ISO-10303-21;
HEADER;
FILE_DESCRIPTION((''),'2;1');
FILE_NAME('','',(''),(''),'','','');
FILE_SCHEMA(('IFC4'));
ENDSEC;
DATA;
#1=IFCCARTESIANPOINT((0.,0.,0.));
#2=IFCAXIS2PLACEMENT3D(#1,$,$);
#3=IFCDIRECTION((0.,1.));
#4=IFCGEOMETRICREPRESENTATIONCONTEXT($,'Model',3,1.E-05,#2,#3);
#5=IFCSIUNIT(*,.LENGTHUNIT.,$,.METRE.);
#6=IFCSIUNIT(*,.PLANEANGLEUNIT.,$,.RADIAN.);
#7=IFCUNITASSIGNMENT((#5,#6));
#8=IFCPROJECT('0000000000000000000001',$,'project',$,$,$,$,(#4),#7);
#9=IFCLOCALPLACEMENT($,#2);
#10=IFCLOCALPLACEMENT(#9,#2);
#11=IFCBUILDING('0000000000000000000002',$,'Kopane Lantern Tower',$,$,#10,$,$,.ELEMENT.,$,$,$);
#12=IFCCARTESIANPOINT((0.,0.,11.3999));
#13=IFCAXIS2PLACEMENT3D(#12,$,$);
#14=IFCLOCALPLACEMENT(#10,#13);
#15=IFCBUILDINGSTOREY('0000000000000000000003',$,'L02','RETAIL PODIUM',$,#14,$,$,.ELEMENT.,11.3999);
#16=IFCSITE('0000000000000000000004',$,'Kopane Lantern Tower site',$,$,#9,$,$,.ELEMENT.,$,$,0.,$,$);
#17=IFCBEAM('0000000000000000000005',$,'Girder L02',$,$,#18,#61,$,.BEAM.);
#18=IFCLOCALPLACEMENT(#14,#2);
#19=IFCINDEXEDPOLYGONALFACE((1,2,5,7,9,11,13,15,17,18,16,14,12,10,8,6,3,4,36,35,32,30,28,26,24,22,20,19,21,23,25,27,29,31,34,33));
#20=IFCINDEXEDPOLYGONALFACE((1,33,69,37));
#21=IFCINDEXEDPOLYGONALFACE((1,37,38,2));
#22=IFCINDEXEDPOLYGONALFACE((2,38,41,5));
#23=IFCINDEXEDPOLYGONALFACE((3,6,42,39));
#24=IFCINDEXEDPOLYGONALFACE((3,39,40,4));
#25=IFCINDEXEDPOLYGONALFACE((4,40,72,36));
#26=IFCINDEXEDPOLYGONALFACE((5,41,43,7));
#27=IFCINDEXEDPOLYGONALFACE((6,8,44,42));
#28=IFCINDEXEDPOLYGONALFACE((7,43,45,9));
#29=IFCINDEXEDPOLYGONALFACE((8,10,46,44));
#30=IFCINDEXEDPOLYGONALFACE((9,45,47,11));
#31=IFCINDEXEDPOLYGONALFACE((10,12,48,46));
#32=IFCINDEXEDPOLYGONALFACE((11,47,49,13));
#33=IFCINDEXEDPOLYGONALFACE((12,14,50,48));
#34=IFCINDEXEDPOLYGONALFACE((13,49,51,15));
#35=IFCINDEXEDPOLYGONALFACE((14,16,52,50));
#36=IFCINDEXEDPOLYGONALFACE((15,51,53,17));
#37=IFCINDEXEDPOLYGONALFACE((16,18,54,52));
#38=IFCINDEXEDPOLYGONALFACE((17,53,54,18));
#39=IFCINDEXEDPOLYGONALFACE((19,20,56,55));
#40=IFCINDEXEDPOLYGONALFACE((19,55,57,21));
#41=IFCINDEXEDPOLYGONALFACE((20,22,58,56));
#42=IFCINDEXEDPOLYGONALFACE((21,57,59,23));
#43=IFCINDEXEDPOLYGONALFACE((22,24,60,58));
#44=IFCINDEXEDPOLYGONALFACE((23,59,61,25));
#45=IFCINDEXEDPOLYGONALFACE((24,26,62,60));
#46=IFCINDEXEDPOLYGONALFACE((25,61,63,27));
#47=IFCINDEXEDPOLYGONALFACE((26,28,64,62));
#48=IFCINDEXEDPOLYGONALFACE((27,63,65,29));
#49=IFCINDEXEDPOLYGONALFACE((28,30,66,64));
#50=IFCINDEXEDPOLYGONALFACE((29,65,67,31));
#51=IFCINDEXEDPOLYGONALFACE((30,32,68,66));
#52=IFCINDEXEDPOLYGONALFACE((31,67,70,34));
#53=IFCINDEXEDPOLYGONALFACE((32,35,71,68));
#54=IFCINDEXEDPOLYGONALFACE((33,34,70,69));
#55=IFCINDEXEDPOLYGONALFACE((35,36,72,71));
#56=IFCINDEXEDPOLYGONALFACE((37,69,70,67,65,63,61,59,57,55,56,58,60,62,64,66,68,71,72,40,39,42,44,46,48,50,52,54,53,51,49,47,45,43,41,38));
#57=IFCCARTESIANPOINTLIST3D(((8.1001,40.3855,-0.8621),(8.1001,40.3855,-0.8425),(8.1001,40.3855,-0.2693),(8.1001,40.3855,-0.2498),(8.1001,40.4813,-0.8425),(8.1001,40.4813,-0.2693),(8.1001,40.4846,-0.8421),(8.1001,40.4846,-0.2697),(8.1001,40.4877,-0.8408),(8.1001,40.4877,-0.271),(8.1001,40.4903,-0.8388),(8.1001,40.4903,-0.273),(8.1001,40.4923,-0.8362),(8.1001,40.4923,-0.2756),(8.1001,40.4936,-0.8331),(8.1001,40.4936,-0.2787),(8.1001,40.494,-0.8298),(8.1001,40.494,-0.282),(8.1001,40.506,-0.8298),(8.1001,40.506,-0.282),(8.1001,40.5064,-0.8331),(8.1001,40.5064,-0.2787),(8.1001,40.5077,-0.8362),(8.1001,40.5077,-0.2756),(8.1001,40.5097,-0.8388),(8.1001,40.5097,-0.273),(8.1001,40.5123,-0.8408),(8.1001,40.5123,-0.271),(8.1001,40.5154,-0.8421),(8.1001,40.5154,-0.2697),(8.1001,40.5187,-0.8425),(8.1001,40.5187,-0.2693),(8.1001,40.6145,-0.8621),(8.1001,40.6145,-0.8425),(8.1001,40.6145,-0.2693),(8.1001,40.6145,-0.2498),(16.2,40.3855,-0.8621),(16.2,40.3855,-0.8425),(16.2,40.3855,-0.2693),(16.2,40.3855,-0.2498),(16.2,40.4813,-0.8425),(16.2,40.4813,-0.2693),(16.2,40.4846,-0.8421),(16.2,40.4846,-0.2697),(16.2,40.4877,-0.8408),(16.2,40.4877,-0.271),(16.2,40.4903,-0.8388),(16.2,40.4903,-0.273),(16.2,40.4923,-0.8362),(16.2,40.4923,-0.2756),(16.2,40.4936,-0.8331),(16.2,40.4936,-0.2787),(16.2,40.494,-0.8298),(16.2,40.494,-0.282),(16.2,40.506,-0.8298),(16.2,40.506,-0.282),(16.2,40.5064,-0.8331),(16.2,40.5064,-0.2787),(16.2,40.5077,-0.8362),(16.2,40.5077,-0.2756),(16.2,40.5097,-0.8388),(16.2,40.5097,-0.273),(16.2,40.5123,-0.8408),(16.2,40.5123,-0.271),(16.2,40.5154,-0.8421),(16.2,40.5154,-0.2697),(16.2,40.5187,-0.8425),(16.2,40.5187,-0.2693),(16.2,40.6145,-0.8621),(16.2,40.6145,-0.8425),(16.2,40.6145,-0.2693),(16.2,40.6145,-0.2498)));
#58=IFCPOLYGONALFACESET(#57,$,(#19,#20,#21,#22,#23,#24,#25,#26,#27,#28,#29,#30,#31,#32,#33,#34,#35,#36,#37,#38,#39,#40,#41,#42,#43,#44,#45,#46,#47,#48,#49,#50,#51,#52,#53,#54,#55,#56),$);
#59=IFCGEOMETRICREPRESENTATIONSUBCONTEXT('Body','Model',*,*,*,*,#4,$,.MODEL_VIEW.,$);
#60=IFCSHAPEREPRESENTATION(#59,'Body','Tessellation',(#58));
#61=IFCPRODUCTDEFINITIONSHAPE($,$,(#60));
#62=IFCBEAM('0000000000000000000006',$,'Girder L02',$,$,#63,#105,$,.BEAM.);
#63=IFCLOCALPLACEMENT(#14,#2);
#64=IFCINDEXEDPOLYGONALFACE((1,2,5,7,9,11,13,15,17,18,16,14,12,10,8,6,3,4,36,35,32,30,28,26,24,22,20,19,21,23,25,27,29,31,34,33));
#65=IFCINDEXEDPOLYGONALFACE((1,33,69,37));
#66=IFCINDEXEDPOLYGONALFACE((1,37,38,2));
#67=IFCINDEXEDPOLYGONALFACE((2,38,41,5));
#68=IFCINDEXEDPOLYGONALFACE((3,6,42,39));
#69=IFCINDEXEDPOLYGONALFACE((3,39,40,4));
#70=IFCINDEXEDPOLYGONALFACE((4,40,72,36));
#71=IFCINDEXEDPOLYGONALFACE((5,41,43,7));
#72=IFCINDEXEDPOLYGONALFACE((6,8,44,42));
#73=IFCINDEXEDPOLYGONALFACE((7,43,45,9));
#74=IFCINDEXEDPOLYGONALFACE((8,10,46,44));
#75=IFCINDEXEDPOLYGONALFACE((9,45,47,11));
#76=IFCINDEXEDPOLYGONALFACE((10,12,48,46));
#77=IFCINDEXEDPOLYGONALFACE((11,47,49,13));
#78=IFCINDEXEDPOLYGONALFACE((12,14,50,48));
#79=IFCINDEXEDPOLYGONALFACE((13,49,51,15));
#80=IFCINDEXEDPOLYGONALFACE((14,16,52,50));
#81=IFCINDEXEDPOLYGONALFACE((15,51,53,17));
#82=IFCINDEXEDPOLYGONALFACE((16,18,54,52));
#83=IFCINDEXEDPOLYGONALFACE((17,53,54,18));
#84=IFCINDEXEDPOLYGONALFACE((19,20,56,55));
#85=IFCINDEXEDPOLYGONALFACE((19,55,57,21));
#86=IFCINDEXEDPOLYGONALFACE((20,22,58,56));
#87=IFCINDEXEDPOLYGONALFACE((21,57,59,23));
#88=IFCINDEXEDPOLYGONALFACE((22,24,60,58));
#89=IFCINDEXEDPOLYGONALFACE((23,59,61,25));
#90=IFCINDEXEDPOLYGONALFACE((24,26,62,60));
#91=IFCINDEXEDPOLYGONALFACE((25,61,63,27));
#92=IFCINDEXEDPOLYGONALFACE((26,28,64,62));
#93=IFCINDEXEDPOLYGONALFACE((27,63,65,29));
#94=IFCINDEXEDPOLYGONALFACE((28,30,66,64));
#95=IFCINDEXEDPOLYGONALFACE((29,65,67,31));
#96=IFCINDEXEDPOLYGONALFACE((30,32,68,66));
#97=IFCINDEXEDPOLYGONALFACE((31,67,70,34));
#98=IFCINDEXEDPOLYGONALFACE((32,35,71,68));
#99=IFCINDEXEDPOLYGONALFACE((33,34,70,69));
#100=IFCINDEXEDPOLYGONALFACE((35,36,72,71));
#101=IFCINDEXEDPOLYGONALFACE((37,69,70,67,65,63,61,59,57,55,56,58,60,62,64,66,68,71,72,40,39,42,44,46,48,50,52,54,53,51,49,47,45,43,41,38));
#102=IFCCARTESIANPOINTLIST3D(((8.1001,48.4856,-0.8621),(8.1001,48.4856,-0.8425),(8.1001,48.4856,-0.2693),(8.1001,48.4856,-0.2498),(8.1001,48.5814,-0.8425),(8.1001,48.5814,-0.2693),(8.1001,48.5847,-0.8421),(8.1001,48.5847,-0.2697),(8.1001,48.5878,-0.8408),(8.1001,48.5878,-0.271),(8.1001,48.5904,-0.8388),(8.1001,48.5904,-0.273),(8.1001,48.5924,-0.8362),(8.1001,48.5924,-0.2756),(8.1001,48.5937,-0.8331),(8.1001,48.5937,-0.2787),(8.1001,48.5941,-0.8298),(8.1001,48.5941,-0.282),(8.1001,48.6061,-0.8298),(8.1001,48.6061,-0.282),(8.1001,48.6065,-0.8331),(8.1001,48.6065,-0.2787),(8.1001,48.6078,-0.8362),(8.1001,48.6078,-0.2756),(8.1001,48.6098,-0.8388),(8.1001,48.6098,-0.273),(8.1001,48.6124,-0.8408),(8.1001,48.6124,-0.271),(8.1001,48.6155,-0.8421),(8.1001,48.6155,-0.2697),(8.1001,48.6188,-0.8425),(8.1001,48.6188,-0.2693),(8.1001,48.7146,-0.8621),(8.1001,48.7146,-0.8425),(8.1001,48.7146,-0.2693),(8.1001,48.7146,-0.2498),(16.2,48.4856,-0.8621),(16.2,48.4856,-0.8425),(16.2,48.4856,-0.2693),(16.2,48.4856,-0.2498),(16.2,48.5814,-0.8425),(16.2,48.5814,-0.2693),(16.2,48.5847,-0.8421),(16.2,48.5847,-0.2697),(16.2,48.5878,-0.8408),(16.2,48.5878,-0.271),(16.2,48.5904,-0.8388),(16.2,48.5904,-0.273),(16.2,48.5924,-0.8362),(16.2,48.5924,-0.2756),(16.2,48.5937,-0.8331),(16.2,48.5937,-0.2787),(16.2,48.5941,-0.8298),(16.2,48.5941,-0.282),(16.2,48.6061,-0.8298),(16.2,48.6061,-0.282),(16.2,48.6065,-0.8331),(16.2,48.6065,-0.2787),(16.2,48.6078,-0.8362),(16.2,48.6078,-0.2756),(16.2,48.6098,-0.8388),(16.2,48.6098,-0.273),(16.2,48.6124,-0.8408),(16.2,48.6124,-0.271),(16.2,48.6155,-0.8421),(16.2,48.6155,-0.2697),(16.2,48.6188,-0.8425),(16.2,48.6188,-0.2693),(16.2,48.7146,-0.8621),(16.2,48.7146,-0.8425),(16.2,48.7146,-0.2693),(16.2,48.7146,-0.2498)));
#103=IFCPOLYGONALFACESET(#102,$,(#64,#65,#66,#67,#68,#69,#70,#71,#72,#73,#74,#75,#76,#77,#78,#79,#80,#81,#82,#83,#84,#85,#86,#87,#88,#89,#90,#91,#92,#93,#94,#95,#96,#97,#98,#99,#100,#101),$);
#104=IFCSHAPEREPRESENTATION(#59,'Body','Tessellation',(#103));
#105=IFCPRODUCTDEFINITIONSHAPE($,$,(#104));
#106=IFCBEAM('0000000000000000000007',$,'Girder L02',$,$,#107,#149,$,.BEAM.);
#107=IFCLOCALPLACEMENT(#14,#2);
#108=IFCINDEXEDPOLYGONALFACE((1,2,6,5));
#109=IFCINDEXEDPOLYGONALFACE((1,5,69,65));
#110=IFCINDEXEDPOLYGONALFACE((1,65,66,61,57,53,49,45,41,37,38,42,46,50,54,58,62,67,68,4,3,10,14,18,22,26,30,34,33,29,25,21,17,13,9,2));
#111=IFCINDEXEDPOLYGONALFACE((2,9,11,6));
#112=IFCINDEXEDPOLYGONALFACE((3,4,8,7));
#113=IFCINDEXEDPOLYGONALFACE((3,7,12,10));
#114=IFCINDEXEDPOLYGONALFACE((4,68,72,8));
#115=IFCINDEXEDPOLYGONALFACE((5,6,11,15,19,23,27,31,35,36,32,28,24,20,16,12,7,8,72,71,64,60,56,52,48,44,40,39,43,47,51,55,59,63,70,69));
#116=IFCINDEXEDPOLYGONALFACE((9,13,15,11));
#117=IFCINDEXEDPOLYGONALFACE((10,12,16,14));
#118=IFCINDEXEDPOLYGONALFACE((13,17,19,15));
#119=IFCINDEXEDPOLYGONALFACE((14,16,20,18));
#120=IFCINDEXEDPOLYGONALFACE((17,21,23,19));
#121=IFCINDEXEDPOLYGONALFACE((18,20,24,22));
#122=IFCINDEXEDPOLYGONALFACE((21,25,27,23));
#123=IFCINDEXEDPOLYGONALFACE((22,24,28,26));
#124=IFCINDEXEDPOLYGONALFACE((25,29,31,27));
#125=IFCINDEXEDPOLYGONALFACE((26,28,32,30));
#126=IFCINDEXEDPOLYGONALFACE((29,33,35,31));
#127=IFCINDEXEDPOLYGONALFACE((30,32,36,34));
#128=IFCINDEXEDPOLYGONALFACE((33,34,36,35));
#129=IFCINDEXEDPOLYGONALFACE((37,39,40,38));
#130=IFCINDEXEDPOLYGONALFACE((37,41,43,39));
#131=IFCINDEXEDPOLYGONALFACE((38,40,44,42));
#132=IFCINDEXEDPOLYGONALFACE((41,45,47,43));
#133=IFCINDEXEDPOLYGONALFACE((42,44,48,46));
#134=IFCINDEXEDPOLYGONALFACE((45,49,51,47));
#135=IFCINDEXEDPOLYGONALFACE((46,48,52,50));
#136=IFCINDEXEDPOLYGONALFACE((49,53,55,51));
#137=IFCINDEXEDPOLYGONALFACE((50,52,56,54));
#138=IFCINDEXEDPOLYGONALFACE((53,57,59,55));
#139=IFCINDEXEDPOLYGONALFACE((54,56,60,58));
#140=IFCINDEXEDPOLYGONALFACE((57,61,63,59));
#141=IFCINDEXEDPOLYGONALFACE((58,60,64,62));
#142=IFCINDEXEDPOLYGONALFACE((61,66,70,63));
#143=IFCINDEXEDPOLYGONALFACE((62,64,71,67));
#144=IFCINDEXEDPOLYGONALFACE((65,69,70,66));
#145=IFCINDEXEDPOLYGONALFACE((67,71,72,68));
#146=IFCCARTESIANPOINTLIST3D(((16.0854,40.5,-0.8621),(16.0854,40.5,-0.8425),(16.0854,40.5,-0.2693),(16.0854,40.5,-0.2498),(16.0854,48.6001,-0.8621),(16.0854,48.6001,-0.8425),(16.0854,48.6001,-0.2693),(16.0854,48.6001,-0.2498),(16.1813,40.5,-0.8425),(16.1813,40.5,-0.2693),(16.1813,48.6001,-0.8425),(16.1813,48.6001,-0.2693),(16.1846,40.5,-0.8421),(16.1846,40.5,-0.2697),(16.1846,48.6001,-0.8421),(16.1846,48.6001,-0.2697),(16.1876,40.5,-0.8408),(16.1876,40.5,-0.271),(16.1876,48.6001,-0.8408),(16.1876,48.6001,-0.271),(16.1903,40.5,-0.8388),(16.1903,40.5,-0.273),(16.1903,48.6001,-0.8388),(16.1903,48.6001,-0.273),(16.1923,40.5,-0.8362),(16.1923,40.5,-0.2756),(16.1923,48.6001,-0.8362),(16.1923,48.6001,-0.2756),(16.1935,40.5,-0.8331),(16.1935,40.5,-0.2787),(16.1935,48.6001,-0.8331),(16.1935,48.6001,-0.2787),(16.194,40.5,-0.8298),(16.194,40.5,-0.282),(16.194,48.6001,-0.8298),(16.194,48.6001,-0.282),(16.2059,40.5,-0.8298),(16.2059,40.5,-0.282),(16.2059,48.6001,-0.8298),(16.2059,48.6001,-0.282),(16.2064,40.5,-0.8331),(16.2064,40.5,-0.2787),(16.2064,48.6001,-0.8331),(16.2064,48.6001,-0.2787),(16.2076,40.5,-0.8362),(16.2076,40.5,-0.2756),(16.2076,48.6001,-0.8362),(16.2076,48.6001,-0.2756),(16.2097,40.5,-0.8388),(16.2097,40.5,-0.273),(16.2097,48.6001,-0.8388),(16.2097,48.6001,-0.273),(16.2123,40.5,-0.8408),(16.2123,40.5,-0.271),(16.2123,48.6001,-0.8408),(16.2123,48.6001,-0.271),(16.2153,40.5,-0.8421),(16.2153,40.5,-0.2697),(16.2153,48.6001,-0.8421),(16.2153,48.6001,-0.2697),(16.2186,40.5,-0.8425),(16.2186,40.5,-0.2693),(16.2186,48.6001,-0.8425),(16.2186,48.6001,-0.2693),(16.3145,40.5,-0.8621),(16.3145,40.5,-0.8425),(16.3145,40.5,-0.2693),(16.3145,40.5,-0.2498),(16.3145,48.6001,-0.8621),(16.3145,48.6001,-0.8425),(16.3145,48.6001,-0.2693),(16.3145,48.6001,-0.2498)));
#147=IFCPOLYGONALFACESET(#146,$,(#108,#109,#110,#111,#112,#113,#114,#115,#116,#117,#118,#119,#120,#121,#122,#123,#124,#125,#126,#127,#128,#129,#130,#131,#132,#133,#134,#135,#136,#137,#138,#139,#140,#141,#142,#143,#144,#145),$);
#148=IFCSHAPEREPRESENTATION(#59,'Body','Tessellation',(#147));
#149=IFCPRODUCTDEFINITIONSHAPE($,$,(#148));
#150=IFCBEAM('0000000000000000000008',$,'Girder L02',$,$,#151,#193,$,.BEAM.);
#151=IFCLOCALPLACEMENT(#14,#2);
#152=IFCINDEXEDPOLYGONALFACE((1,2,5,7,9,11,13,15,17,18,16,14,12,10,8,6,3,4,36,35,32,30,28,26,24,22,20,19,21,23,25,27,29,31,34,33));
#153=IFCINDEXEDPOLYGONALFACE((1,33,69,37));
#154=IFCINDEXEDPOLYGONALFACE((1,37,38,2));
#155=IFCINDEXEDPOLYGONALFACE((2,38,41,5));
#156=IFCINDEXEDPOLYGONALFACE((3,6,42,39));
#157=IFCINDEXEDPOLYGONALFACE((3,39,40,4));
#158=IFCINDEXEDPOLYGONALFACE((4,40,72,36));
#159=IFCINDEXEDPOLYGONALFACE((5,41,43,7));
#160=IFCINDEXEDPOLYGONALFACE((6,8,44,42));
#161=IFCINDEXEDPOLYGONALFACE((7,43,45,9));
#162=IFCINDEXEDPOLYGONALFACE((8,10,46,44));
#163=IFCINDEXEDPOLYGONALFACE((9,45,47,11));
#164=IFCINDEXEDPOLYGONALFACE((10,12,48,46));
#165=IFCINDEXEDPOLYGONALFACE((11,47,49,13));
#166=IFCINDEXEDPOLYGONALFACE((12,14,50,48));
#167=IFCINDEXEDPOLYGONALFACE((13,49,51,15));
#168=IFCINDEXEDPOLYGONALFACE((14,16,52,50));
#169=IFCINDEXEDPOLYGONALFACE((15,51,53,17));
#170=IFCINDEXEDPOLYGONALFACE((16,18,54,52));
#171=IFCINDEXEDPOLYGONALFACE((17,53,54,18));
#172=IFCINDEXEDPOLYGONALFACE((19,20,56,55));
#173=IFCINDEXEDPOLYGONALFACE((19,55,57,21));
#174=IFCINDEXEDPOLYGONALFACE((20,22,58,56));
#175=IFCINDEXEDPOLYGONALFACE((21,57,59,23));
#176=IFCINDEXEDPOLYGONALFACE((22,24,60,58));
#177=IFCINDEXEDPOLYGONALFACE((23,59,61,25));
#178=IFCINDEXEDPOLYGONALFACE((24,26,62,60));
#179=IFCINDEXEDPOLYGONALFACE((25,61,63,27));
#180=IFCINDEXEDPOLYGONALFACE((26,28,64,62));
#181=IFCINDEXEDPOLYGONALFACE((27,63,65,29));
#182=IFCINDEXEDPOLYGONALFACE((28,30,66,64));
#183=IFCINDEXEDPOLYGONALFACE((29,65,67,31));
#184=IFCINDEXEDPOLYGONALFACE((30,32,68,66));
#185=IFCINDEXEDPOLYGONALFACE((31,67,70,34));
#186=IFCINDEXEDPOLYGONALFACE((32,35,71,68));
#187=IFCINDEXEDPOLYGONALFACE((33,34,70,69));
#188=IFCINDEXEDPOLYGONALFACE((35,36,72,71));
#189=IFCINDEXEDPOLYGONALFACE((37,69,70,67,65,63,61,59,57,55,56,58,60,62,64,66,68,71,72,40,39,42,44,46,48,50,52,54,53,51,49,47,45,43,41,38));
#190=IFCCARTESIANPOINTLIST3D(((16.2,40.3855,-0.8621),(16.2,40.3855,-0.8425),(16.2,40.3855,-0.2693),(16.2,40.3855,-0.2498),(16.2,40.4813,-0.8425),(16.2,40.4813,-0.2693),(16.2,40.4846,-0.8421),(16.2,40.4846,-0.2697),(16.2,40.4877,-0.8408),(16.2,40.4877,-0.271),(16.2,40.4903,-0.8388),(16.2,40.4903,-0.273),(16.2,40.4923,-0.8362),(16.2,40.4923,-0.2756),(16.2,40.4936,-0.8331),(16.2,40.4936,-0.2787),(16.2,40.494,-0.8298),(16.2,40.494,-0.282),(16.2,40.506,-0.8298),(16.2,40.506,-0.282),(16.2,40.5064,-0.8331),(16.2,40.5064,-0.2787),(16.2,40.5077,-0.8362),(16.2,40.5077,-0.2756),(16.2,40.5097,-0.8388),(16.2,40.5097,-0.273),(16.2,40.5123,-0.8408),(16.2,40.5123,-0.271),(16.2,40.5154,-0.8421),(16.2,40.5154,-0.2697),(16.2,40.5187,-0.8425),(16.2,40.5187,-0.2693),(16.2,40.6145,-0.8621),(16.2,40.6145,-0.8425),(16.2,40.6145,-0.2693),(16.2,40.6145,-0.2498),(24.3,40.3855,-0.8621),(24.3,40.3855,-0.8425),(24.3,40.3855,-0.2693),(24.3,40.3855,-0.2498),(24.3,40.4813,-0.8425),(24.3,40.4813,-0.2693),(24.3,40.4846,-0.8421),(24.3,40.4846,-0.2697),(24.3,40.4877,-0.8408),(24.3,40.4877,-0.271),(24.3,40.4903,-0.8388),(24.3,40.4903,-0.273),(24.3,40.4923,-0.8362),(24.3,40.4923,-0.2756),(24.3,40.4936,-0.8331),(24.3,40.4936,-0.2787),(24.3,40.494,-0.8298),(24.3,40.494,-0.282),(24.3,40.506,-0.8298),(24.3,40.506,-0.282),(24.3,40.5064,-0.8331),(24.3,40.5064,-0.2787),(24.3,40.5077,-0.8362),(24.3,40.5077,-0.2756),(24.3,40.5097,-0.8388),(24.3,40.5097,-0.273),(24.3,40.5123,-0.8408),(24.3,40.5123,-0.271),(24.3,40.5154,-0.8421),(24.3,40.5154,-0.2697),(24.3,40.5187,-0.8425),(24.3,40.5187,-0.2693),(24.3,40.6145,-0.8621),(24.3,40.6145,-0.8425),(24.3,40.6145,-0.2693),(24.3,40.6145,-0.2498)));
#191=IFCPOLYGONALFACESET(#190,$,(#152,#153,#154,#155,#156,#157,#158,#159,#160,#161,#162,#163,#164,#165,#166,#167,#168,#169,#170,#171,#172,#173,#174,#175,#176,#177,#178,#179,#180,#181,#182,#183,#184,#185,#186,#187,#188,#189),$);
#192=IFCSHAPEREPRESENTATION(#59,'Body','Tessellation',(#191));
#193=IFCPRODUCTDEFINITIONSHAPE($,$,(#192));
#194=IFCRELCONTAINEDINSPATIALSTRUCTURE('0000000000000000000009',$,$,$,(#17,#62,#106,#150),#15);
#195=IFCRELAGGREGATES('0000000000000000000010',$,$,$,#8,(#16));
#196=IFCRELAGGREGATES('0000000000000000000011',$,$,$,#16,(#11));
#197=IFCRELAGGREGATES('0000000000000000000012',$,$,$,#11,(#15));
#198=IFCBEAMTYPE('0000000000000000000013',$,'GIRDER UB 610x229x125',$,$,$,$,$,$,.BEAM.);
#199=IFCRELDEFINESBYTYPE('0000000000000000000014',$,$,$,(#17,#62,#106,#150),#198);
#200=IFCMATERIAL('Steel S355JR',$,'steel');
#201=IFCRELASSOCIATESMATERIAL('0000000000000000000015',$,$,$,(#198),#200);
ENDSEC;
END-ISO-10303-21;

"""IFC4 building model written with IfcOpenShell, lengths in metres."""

from ifc_helpers import new_model, si_unit, direction, frame, origin, origin_2d, place, context, subcontext, project, spatial, i_section, extrude, material, material_profile, profile_set, type_object, element, save


model = new_model("IFC4")

# Units and contexts
model_context = context("Model", 3, precision=1e-05, world=origin(), true_north=direction((0.0, 1.0)))
body_context = subcontext(model_context, "Body", "Model", "MODEL_VIEW")
ifc_project = project(units=[si_unit("LENGTHUNIT", "METRE"), si_unit("PLANEANGLEUNIT", "RADIAN")], contexts=[model_context])

# Site, building, storey
site_placement = place(None, origin())
site = spatial("IfcSite", under=ifc_project, at=site_placement, Name="Kopane Lantern Tower site", CompositionType="ELEMENT", RefElevation=0.0)
building_placement = place(site_placement, origin())
building = spatial("IfcBuilding", under=site, at=building_placement, Name="Kopane Lantern Tower", CompositionType="ELEMENT")
storey_placement = place(building_placement, frame((0.0, 0.0, 11.3999)))
storey = spatial("IfcBuildingStorey", under=building, at=storey_placement, Name="L02", Description="RETAIL PODIUM", CompositionType="ELEMENT", Elevation=11.3999)

# Beams
ifc_material_1 = material(Name="Steel S355JR", Category="steel")
ifc_material_profile_1 = material_profile(ifc_material_1, i_section(OverallWidth=0.229, OverallDepth=0.6123, WebThickness=0.012, FlangeThickness=0.0195, FilletRadius=0.0127, at=origin_2d()), Name="UB 610x229x125")
ifc_profile_set_1 = profile_set([ifc_material_profile_1], Name="Steel S355JR")
beam_type = type_object("IfcBeamType", Name="GIRDER UB 610x229x125", PredefinedType="BEAM", material=ifc_profile_set_1)
for number, where, z_axis, x_axis, name in (
    (1, (8.1001, 40.5, -0.5559), (1.0, 0.0, 0.0), (0.0, 1.0, 0.0), "Girder L02"),
    (2, (8.1001, 48.6001, -0.5559), (1.0, 0.0, 0.0), (0.0, 1.0, 0.0), "Girder L02"),
):
    element("IfcBeam", number, at=place(storey_placement, frame(where, z_axis=z_axis, x_axis=x_axis)), inside=storey, type_object=beam_type, Name=name, PredefinedType="BEAM", context=body_context, shape_type="SweptSolid", body=[
        extrude(i_section(OverallWidth=0.229, OverallDepth=0.6123, WebThickness=0.012, FlangeThickness=0.0195, FilletRadius=0.0127, at=origin_2d()), origin(), (0.0, 0.0, 1.0), 8.0999),
    ])
for number, where, z_axis, x_axis, name in (
    (3, (16.2, 40.5, -0.5559), (0.0, 1.0, 0.0), (-1.0, 0.0, 0.0), "Girder L02"),
    (4, (16.2, 40.5, -0.5559), (1.0, 0.0, 0.0), (0.0, 1.0, 0.0), "Girder L02"),
):
    element("IfcBeam", number, at=place(storey_placement, frame(where, z_axis=z_axis, x_axis=x_axis)), inside=storey, type_object=beam_type, Name=name, PredefinedType="BEAM", context=body_context, shape_type="SweptSolid", body=[
        extrude(i_section(OverallWidth=0.229, OverallDepth=0.6123, WebThickness=0.012, FlangeThickness=0.0195, FilletRadius=0.0127, at=origin_2d()), origin(), (0.0, 0.0, 1.0), 8.1001),
    ])

save(model, "model.ifc")
